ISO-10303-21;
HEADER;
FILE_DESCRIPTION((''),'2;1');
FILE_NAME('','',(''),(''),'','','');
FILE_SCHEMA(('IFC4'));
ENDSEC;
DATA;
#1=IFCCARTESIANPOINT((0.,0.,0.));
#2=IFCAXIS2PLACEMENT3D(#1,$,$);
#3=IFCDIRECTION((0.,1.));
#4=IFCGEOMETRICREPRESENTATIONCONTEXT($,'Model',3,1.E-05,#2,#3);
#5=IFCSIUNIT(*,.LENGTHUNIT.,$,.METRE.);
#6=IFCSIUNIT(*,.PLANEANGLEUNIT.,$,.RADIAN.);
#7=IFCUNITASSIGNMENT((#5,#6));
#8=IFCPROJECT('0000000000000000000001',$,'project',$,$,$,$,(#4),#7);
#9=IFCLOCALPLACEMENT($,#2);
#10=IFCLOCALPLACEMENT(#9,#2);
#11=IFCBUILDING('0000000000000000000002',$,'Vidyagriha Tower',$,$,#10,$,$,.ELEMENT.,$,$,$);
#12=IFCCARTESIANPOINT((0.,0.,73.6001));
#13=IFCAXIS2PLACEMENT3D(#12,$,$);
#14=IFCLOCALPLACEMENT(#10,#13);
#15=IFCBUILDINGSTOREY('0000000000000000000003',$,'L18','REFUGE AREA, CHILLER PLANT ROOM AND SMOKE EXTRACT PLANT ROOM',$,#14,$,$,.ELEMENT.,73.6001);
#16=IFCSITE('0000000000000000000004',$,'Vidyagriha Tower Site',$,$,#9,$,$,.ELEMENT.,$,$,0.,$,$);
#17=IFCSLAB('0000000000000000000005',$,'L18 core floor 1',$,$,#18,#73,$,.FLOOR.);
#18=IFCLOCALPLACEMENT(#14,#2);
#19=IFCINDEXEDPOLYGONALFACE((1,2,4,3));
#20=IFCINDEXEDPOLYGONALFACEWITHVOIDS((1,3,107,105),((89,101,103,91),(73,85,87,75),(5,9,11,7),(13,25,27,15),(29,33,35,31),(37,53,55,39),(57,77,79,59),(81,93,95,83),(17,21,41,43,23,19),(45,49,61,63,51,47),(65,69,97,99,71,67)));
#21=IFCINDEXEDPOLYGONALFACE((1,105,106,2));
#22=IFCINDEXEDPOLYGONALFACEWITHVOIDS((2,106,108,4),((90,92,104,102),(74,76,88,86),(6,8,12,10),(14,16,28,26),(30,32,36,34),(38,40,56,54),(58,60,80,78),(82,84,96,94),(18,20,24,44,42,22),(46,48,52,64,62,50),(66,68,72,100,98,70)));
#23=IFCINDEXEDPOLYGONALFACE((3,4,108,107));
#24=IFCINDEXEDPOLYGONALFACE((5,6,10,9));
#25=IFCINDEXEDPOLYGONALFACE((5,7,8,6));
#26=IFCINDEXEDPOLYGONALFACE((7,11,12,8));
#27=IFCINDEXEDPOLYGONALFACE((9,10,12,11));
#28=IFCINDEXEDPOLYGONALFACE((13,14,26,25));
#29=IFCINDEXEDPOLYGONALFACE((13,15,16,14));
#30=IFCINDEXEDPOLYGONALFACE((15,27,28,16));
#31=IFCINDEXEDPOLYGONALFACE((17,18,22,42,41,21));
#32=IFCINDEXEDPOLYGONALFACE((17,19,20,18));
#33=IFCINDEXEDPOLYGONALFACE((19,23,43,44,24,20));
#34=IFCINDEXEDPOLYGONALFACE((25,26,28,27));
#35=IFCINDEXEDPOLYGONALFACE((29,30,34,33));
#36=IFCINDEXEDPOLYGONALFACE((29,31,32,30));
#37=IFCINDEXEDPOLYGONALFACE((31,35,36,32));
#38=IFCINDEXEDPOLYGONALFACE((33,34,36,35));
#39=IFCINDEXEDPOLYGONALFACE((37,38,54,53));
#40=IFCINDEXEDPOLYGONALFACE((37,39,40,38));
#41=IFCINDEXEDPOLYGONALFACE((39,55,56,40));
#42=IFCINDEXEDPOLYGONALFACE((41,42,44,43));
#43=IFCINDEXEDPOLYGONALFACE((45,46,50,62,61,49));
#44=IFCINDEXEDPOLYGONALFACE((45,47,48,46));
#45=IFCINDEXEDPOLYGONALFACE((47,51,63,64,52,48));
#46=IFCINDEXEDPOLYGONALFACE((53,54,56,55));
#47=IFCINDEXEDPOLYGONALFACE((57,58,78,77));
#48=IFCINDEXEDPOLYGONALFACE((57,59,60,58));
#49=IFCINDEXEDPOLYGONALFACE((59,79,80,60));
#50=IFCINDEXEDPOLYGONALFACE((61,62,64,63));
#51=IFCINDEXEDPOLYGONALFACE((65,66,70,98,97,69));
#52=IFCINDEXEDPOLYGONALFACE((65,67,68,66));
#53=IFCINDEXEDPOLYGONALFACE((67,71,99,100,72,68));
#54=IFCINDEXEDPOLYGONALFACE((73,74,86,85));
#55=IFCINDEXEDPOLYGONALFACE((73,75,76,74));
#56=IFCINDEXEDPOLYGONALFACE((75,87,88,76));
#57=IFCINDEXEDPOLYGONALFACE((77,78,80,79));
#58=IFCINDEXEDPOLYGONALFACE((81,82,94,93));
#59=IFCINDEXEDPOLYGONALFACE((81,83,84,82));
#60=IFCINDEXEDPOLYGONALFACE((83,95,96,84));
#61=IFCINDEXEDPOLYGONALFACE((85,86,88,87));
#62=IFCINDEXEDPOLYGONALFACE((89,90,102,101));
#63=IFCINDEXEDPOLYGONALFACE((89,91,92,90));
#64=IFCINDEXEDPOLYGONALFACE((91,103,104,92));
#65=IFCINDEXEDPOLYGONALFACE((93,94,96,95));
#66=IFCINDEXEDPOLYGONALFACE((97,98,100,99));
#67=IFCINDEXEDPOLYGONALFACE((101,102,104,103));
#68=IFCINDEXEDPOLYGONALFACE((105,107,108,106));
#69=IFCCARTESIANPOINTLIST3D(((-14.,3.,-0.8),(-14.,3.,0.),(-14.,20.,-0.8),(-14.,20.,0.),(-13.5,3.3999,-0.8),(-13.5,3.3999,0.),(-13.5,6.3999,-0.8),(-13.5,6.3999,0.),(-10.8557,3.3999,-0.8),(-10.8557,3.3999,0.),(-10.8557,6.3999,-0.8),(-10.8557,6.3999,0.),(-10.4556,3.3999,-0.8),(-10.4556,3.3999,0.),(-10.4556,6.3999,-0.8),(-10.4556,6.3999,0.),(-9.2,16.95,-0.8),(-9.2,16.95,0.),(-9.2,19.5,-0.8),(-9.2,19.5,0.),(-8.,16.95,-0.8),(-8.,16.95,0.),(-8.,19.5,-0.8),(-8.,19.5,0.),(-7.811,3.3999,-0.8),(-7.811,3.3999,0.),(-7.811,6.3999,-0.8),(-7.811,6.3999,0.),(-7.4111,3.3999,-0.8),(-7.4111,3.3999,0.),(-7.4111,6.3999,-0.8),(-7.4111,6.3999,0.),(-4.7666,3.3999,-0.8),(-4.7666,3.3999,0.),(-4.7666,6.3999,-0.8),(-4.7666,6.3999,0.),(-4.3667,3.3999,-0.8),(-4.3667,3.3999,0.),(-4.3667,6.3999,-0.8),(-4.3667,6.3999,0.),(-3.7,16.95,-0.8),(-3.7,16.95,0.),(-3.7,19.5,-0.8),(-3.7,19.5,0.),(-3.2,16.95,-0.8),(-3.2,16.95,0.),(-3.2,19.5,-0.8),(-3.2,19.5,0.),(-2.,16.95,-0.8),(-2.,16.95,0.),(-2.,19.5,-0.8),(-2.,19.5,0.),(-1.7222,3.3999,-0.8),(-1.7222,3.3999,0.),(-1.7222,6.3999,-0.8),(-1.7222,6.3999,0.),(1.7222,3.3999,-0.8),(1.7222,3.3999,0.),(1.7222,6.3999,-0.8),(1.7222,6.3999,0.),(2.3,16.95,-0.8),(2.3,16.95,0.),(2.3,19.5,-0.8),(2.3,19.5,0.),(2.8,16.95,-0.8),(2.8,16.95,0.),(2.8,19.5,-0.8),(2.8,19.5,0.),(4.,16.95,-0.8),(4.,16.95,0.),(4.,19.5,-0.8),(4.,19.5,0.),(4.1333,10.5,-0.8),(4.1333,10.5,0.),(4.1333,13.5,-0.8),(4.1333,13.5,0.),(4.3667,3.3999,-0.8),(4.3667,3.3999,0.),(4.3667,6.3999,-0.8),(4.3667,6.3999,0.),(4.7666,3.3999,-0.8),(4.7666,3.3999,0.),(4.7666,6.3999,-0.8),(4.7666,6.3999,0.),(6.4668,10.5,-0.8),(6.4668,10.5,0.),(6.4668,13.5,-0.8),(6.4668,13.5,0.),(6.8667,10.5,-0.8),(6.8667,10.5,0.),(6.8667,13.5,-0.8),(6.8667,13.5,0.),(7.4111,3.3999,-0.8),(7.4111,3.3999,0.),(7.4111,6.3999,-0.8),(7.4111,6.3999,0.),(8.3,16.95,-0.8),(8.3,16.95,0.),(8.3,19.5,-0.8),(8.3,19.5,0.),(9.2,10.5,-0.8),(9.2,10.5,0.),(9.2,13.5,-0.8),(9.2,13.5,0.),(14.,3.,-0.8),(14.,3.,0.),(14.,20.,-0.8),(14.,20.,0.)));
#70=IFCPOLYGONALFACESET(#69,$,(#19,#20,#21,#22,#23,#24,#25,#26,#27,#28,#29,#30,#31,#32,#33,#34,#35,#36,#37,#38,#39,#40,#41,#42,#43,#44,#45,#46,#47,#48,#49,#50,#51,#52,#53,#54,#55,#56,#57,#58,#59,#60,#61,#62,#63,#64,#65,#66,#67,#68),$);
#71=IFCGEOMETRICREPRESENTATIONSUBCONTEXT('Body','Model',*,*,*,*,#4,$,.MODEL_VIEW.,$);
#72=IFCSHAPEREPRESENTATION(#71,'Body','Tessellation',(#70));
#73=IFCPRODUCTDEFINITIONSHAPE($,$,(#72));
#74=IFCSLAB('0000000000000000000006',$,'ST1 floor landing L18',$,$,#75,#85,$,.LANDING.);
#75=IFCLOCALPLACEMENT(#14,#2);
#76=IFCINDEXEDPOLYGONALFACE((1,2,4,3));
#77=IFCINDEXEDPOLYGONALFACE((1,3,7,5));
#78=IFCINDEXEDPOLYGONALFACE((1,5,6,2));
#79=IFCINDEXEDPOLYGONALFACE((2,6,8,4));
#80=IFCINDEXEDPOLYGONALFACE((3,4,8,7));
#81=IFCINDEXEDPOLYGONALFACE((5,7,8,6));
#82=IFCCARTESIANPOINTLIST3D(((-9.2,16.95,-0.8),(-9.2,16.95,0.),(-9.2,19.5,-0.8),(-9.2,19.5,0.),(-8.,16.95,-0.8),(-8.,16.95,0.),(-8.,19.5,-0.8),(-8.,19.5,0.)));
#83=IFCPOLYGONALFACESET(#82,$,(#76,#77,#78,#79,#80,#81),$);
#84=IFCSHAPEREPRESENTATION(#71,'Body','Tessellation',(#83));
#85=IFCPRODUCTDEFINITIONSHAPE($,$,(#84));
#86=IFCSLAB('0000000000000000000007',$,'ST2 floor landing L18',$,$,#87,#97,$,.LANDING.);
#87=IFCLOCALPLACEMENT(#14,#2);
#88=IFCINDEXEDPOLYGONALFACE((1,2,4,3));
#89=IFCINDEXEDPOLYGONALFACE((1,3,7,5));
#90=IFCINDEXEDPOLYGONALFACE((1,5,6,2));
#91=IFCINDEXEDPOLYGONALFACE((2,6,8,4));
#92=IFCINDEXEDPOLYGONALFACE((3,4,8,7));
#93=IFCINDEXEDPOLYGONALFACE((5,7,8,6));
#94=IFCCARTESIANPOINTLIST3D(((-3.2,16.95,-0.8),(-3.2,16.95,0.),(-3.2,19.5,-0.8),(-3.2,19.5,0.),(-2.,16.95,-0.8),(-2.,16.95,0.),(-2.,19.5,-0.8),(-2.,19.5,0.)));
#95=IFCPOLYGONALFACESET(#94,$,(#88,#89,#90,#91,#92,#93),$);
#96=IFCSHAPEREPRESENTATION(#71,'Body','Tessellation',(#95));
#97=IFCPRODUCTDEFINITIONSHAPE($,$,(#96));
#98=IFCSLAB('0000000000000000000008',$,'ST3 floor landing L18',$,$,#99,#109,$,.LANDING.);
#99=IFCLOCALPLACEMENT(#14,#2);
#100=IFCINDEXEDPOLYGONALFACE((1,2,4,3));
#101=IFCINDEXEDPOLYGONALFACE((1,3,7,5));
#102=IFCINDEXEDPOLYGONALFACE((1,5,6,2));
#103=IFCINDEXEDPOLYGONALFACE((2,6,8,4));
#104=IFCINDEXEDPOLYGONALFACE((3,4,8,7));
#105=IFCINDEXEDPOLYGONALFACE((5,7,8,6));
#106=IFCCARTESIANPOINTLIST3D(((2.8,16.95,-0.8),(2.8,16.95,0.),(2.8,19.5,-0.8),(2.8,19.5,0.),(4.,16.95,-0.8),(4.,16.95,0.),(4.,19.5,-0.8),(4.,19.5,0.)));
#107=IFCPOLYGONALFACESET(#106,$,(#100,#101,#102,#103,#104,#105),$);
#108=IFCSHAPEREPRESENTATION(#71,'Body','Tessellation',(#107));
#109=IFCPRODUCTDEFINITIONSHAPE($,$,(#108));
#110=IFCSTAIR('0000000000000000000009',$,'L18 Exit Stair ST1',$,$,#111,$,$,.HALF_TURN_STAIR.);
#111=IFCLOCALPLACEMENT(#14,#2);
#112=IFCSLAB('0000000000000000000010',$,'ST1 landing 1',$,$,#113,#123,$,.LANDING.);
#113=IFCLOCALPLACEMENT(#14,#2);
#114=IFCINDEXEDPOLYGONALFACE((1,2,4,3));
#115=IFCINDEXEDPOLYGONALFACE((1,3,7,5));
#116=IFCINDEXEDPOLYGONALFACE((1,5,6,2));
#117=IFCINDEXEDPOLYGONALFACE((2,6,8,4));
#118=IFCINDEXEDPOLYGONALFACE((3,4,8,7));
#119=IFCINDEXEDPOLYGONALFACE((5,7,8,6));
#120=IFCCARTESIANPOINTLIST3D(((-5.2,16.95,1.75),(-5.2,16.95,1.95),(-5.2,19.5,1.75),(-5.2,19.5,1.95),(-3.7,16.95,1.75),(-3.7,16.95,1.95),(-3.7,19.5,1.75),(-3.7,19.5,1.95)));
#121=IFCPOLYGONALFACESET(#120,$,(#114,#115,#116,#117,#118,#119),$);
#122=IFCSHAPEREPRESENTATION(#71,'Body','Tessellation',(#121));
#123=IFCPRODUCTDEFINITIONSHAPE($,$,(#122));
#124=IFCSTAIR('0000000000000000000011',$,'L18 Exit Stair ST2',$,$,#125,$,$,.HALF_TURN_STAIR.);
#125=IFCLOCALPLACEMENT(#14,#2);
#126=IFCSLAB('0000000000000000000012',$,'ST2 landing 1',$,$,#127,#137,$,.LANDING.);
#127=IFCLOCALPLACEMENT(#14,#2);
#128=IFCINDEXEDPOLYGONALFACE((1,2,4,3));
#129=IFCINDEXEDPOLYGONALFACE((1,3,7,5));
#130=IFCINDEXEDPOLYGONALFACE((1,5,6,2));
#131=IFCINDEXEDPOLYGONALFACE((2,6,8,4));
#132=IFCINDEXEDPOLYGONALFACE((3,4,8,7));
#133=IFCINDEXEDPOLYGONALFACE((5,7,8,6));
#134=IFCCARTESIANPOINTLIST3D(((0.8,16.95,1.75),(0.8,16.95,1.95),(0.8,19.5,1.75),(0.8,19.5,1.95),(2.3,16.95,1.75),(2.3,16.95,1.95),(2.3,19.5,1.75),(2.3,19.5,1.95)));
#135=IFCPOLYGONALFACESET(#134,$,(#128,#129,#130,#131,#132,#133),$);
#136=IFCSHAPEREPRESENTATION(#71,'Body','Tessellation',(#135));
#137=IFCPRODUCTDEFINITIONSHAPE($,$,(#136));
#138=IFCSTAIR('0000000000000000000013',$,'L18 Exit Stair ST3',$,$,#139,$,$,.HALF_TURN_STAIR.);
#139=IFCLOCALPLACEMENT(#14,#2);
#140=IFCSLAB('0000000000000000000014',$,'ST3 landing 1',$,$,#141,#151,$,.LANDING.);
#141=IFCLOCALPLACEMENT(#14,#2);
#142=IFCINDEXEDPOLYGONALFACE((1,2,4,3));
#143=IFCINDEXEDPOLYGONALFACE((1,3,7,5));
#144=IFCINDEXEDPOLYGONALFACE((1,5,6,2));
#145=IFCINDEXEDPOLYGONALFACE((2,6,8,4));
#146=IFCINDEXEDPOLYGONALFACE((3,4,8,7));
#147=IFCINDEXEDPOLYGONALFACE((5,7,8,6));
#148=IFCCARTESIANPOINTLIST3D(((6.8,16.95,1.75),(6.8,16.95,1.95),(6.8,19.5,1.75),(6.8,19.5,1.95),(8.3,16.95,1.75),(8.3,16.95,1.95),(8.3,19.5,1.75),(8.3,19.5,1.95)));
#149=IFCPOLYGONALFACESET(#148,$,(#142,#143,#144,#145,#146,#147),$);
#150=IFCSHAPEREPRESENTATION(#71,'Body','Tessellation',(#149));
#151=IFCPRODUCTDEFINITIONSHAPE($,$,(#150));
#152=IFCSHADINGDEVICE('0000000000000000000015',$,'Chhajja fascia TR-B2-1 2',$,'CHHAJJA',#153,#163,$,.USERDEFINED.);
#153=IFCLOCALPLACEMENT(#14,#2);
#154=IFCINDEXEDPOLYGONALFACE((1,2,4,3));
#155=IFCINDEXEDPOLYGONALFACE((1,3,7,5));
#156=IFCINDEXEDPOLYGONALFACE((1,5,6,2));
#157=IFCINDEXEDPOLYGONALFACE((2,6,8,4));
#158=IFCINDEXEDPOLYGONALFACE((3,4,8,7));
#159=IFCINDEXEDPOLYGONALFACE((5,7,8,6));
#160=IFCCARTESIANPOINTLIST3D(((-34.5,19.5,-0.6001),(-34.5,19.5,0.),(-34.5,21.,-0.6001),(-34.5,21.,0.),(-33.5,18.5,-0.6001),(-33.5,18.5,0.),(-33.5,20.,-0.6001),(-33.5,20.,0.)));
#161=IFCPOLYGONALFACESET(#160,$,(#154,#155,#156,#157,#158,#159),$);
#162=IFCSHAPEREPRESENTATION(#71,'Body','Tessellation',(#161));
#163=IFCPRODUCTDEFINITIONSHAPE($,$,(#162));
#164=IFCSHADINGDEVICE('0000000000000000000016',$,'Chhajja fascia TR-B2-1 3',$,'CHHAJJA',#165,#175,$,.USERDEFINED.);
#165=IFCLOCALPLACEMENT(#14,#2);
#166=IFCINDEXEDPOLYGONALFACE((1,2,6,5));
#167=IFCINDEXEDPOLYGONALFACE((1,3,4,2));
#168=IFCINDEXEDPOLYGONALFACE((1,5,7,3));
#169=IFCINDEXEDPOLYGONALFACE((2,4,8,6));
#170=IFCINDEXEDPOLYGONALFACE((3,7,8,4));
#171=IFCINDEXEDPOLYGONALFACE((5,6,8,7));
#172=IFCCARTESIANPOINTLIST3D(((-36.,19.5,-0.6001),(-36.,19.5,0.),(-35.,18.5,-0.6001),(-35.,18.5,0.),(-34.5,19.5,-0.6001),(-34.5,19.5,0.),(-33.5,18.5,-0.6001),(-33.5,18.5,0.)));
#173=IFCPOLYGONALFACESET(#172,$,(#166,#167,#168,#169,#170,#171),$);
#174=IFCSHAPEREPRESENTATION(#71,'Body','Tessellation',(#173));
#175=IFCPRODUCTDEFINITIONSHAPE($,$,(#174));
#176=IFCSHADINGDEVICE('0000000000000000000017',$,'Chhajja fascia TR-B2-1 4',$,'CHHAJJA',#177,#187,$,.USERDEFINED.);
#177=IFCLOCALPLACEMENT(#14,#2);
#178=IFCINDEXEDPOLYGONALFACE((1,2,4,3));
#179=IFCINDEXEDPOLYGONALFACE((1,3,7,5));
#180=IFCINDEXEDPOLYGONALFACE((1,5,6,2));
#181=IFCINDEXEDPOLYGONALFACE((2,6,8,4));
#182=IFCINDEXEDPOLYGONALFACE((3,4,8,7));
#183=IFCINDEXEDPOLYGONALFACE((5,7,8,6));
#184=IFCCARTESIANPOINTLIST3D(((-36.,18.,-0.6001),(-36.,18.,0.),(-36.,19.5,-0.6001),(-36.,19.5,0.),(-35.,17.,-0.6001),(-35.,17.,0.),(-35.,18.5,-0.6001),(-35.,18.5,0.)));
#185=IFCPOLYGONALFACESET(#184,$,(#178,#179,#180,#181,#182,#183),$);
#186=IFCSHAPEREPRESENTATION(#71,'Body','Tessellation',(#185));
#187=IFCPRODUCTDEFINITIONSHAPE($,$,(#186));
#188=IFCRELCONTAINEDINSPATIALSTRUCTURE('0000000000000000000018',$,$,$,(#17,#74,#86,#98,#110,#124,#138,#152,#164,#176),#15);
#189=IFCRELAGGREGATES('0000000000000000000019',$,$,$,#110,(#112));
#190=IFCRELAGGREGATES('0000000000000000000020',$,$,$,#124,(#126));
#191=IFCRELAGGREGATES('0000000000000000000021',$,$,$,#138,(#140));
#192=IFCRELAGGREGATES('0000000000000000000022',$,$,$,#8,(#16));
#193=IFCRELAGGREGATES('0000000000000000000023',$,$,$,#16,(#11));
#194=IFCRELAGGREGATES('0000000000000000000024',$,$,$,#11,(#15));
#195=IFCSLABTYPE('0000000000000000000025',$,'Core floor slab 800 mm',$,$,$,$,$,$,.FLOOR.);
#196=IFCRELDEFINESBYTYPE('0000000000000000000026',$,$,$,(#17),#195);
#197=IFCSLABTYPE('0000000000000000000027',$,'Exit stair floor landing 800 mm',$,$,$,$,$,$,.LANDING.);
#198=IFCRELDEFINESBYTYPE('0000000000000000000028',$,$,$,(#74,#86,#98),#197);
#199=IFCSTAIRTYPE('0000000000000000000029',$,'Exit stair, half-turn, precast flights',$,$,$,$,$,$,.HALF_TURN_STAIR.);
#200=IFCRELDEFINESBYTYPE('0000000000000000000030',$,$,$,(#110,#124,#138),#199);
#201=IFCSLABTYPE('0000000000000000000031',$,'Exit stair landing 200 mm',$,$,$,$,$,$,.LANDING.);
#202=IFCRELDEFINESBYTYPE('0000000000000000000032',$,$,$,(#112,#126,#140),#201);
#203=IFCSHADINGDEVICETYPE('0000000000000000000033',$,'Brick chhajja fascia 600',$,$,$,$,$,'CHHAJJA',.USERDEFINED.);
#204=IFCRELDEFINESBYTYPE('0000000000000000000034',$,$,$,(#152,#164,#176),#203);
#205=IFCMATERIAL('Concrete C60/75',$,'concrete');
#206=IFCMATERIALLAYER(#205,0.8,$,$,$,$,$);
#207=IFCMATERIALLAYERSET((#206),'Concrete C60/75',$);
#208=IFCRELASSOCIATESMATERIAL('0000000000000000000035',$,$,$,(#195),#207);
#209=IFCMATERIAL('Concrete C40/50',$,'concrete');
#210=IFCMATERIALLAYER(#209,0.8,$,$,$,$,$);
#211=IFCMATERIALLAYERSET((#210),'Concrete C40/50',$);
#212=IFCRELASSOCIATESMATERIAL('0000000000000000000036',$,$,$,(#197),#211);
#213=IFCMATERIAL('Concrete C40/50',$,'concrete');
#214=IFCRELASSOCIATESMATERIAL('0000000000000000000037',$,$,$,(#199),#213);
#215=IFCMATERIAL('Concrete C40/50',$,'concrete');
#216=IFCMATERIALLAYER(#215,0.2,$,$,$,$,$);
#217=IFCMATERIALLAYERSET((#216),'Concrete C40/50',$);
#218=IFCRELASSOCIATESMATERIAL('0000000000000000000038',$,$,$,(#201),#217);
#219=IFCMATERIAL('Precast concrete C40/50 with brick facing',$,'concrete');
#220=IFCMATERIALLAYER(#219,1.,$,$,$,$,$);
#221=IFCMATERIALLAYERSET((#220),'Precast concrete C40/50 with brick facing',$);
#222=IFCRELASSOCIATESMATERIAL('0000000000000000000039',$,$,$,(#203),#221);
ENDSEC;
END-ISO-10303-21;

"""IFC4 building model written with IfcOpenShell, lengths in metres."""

from ifc_helpers import new_model, si_unit, direction, frame, origin, place, context, subcontext, project, spatial, polyline, outline, extrude, material, layer, layer_set, type_object, element, aggregate, save


model = new_model("IFC4")

# Units and contexts
model_context = context("Model", 3, precision=1e-05, world=origin(), true_north=direction((0.0, 1.0)))
body_context = subcontext(model_context, "Body", "Model", "MODEL_VIEW")
ifc_project = project(units=[si_unit("LENGTHUNIT", "METRE"), si_unit("PLANEANGLEUNIT", "RADIAN")], contexts=[model_context])

# Site, building, storey
site_placement = place(None, origin())
site = spatial("IfcSite", under=ifc_project, at=site_placement, Name="Vidyagriha Tower Site", CompositionType="ELEMENT", RefElevation=0.0)
building_placement = place(site_placement, origin())
building = spatial("IfcBuilding", under=site, at=building_placement, Name="Vidyagriha Tower", CompositionType="ELEMENT")
storey_placement = place(building_placement, frame((0.0, 0.0, 73.6001)))
storey = spatial("IfcBuildingStorey", under=building, at=storey_placement, Name="L18", Description="REFUGE AREA, CHILLER PLANT ROOM AND SMOKE EXTRACT PLANT ROOM", CompositionType="ELEMENT", Elevation=73.6001)

# Slabs
ifc_material_1 = material(Name="Concrete C60/75", Category="concrete")
ifc_layer_1 = layer(ifc_material_1, 0.8)
ifc_layer_set_1 = layer_set([ifc_layer_1], Name="Concrete C60/75")
slab_type_1 = type_object("IfcSlabType", Name="Core floor slab 800 mm", PredefinedType="FLOOR", material=ifc_layer_set_1)
slab_1_placement = place(storey_placement, frame((0.0, 0.0, -0.8)))
element("IfcSlab", 1, at=slab_1_placement, inside=storey, type_object=slab_type_1, Name="L18 core floor 1", PredefinedType="FLOOR", context=body_context, shape_type="SweptSolid", body=[
    extrude(outline(polyline([(-14.0, 3.0), (-14.0, 20.0), (14.0, 20.0), (14.0, 3.0), (-14.0, 3.0)]), holes=[polyline([(9.2, 13.5), (6.8667, 13.5), (6.8667, 10.5), (9.2, 10.5), (9.2, 13.5)]), polyline([(4.0, 19.5), (2.8, 19.5), (2.8, 16.95), (4.0, 16.95), (8.3, 16.95), (8.3, 19.5), (4.0, 19.5)]), polyline([(7.4111, 6.3999), (4.7666, 6.3999), (4.7666, 3.3999), (7.4111, 3.3999), (7.4111, 6.3999)]), polyline([(6.4668, 13.5), (4.1333, 13.5), (4.1333, 10.5), (6.4668, 10.5), (6.4668, 13.5)]), polyline([(1.7222, 6.3999), (1.7222, 3.3999), (4.3667, 3.3999), (4.3667, 6.3999), (1.7222, 6.3999)]), polyline([(-2.0, 16.95), (2.3, 16.95), (2.3, 19.5), (-2.0, 19.5), (-3.2, 19.5), (-3.2, 16.95), (-2.0, 16.95)]), polyline([(-1.7222, 6.3999), (-4.3667, 6.3999), (-4.3667, 3.3999), (-1.7222, 3.3999), (-1.7222, 6.3999)]), polyline([(-8.0, 19.5), (-9.2, 19.5), (-9.2, 16.95), (-8.0, 16.95), (-3.7, 16.95), (-3.7, 19.5), (-8.0, 19.5)]), polyline([(-4.7666, 6.3999), (-7.4111, 6.3999), (-7.4111, 3.3999), (-4.7666, 3.3999), (-4.7666, 6.3999)]), polyline([(-7.811, 6.3999), (-10.4556, 6.3999), (-10.4556, 3.3999), (-7.811, 3.3999), (-7.811, 6.3999)]), polyline([(-13.5, 6.3999), (-13.5, 3.3999), (-10.8557, 3.3999), (-10.8557, 6.3999), (-13.5, 6.3999)])]), origin(), (0.0, 0.0, 1.0), 0.8),
])
ifc_material_2 = material(Name="Concrete C40/50", Category="concrete")
ifc_layer_2 = layer(ifc_material_2, 0.8)
ifc_layer_set_2 = layer_set([ifc_layer_2], Name="Concrete C40/50")
slab_type_2 = type_object("IfcSlabType", Name="Exit stair floor landing 800 mm", PredefinedType="LANDING", material=ifc_layer_set_2)
slab_2_placement = place(storey_placement, frame((0.0, 0.0, -0.8)))
element("IfcSlab", 2, at=slab_2_placement, inside=storey, type_object=slab_type_2, Name="ST1 floor landing L18", PredefinedType="LANDING", context=body_context, shape_type="SweptSolid", body=[
    extrude(outline(polyline([(-9.2, 16.95), (-8.0, 16.95), (-8.0, 19.5), (-9.2, 19.5), (-9.2, 16.95)])), origin(), (0.0, 0.0, 1.0), 0.8),
])
slab_3_placement = place(storey_placement, frame((0.0, 0.0, -0.8)))
element("IfcSlab", 3, at=slab_3_placement, inside=storey, type_object=slab_type_2, Name="ST2 floor landing L18", PredefinedType="LANDING", context=body_context, shape_type="SweptSolid", body=[
    extrude(outline(polyline([(-3.2, 16.95), (-2.0, 16.95), (-2.0, 19.5), (-3.2, 19.5), (-3.2, 16.95)])), origin(), (0.0, 0.0, 1.0), 0.8),
])
slab_4_placement = place(storey_placement, frame((0.0, 0.0, -0.8)))
element("IfcSlab", 4, at=slab_4_placement, inside=storey, type_object=slab_type_2, Name="ST3 floor landing L18", PredefinedType="LANDING", context=body_context, shape_type="SweptSolid", body=[
    extrude(outline(polyline([(2.8, 16.95), (4.0, 16.95), (4.0, 19.5), (2.8, 19.5), (2.8, 16.95)])), origin(), (0.0, 0.0, 1.0), 0.8),
])

# Stairs, slabs
ifc_material_3 = material(Name="Concrete C40/50", Category="concrete")
stair_type = type_object("IfcStairType", Name="Exit stair, half-turn, precast flights", PredefinedType="HALF_TURN_STAIR", material=ifc_material_3)
stair_1_placement = place(storey_placement, origin())
stair_1 = element("IfcStair", 5, at=stair_1_placement, inside=storey, type_object=stair_type, Name="L18 Exit Stair ST1", PredefinedType="HALF_TURN_STAIR")
ifc_material_4 = material(Name="Concrete C40/50", Category="concrete")
ifc_layer_3 = layer(ifc_material_4, 0.2)
ifc_layer_set_3 = layer_set([ifc_layer_3], Name="Concrete C40/50")
slab_type_3 = type_object("IfcSlabType", Name="Exit stair landing 200 mm", PredefinedType="LANDING", material=ifc_layer_set_3)
slab_5_placement = place(storey_placement, frame((0.0, 0.0, 1.75)))
slab_5 = element("IfcSlab", 6, at=slab_5_placement, type_object=slab_type_3, Name="ST1 landing 1", PredefinedType="LANDING", context=body_context, shape_type="SweptSolid", body=[
    extrude(outline(polyline([(-5.2, 16.95), (-3.7, 16.95), (-3.7, 19.5), (-5.2, 19.5), (-5.2, 16.95)])), origin(), (0.0, 0.0, 1.0), 0.2),
])
aggregate(stair_1, [slab_5])
stair_2_placement = place(storey_placement, origin())
stair_2 = element("IfcStair", 7, at=stair_2_placement, inside=storey, type_object=stair_type, Name="L18 Exit Stair ST2", PredefinedType="HALF_TURN_STAIR")
slab_6_placement = place(storey_placement, frame((0.0, 0.0, 1.75)))
slab_6 = element("IfcSlab", 8, at=slab_6_placement, type_object=slab_type_3, Name="ST2 landing 1", PredefinedType="LANDING", context=body_context, shape_type="SweptSolid", body=[
    extrude(outline(polyline([(0.8, 16.95), (2.3, 16.95), (2.3, 19.5), (0.8, 19.5), (0.8, 16.95)])), origin(), (0.0, 0.0, 1.0), 0.2),
])
aggregate(stair_2, [slab_6])
stair_3_placement = place(storey_placement, origin())
stair_3 = element("IfcStair", 9, at=stair_3_placement, inside=storey, type_object=stair_type, Name="L18 Exit Stair ST3", PredefinedType="HALF_TURN_STAIR")
slab_7_placement = place(storey_placement, frame((0.0, 0.0, 1.75)))
slab_7 = element("IfcSlab", 10, at=slab_7_placement, type_object=slab_type_3, Name="ST3 landing 1", PredefinedType="LANDING", context=body_context, shape_type="SweptSolid", body=[
    extrude(outline(polyline([(6.8, 16.95), (8.3, 16.95), (8.3, 19.5), (6.8, 19.5), (6.8, 16.95)])), origin(), (0.0, 0.0, 1.0), 0.2),
])
aggregate(stair_3, [slab_7])

# Shading devices
ifc_material_5 = material(Name="Precast concrete C40/50 with brick facing", Category="concrete")
ifc_layer_4 = layer(ifc_material_5, 1.0)
ifc_layer_set_4 = layer_set([ifc_layer_4], Name="Precast concrete C40/50 with brick facing")
shading_device_type = type_object("IfcShadingDeviceType", Name="Brick chhajja fascia 600", ElementType="CHHAJJA", PredefinedType="USERDEFINED", material=ifc_layer_set_4)
shading_device_1_placement = place(storey_placement, frame((0.0, 0.0, -0.6001)))
element("IfcShadingDevice", 11, at=shading_device_1_placement, inside=storey, type_object=shading_device_type, Name="Chhajja fascia TR-B2-1 2", ObjectType="CHHAJJA", PredefinedType="USERDEFINED", context=body_context, shape_type="SweptSolid", body=[
    extrude(outline(polyline([(-33.5, 20.0), (-34.5, 21.0), (-34.5, 19.5), (-33.5, 18.5), (-33.5, 20.0)])), origin(), (0.0, 0.0, 1.0), 0.6001),
])
shading_device_2_placement = place(storey_placement, frame((0.0, 0.0, -0.6001)))
element("IfcShadingDevice", 12, at=shading_device_2_placement, inside=storey, type_object=shading_device_type, Name="Chhajja fascia TR-B2-1 3", ObjectType="CHHAJJA", PredefinedType="USERDEFINED", context=body_context, shape_type="SweptSolid", body=[
    extrude(outline(polyline([(-33.5, 18.5), (-34.5, 19.5), (-36.0, 19.5), (-35.0, 18.5), (-33.5, 18.5)])), origin(), (0.0, 0.0, 1.0), 0.6001),
])
shading_device_3_placement = place(storey_placement, frame((0.0, 0.0, -0.6001)))
element("IfcShadingDevice", 13, at=shading_device_3_placement, inside=storey, type_object=shading_device_type, Name="Chhajja fascia TR-B2-1 4", ObjectType="CHHAJJA", PredefinedType="USERDEFINED", context=body_context, shape_type="SweptSolid", body=[
    extrude(outline(polyline([(-35.0, 18.5), (-36.0, 19.5), (-36.0, 18.0), (-35.0, 17.0), (-35.0, 18.5)])), origin(), (0.0, 0.0, 1.0), 0.6001),
])

save(model, "model.ifc")
